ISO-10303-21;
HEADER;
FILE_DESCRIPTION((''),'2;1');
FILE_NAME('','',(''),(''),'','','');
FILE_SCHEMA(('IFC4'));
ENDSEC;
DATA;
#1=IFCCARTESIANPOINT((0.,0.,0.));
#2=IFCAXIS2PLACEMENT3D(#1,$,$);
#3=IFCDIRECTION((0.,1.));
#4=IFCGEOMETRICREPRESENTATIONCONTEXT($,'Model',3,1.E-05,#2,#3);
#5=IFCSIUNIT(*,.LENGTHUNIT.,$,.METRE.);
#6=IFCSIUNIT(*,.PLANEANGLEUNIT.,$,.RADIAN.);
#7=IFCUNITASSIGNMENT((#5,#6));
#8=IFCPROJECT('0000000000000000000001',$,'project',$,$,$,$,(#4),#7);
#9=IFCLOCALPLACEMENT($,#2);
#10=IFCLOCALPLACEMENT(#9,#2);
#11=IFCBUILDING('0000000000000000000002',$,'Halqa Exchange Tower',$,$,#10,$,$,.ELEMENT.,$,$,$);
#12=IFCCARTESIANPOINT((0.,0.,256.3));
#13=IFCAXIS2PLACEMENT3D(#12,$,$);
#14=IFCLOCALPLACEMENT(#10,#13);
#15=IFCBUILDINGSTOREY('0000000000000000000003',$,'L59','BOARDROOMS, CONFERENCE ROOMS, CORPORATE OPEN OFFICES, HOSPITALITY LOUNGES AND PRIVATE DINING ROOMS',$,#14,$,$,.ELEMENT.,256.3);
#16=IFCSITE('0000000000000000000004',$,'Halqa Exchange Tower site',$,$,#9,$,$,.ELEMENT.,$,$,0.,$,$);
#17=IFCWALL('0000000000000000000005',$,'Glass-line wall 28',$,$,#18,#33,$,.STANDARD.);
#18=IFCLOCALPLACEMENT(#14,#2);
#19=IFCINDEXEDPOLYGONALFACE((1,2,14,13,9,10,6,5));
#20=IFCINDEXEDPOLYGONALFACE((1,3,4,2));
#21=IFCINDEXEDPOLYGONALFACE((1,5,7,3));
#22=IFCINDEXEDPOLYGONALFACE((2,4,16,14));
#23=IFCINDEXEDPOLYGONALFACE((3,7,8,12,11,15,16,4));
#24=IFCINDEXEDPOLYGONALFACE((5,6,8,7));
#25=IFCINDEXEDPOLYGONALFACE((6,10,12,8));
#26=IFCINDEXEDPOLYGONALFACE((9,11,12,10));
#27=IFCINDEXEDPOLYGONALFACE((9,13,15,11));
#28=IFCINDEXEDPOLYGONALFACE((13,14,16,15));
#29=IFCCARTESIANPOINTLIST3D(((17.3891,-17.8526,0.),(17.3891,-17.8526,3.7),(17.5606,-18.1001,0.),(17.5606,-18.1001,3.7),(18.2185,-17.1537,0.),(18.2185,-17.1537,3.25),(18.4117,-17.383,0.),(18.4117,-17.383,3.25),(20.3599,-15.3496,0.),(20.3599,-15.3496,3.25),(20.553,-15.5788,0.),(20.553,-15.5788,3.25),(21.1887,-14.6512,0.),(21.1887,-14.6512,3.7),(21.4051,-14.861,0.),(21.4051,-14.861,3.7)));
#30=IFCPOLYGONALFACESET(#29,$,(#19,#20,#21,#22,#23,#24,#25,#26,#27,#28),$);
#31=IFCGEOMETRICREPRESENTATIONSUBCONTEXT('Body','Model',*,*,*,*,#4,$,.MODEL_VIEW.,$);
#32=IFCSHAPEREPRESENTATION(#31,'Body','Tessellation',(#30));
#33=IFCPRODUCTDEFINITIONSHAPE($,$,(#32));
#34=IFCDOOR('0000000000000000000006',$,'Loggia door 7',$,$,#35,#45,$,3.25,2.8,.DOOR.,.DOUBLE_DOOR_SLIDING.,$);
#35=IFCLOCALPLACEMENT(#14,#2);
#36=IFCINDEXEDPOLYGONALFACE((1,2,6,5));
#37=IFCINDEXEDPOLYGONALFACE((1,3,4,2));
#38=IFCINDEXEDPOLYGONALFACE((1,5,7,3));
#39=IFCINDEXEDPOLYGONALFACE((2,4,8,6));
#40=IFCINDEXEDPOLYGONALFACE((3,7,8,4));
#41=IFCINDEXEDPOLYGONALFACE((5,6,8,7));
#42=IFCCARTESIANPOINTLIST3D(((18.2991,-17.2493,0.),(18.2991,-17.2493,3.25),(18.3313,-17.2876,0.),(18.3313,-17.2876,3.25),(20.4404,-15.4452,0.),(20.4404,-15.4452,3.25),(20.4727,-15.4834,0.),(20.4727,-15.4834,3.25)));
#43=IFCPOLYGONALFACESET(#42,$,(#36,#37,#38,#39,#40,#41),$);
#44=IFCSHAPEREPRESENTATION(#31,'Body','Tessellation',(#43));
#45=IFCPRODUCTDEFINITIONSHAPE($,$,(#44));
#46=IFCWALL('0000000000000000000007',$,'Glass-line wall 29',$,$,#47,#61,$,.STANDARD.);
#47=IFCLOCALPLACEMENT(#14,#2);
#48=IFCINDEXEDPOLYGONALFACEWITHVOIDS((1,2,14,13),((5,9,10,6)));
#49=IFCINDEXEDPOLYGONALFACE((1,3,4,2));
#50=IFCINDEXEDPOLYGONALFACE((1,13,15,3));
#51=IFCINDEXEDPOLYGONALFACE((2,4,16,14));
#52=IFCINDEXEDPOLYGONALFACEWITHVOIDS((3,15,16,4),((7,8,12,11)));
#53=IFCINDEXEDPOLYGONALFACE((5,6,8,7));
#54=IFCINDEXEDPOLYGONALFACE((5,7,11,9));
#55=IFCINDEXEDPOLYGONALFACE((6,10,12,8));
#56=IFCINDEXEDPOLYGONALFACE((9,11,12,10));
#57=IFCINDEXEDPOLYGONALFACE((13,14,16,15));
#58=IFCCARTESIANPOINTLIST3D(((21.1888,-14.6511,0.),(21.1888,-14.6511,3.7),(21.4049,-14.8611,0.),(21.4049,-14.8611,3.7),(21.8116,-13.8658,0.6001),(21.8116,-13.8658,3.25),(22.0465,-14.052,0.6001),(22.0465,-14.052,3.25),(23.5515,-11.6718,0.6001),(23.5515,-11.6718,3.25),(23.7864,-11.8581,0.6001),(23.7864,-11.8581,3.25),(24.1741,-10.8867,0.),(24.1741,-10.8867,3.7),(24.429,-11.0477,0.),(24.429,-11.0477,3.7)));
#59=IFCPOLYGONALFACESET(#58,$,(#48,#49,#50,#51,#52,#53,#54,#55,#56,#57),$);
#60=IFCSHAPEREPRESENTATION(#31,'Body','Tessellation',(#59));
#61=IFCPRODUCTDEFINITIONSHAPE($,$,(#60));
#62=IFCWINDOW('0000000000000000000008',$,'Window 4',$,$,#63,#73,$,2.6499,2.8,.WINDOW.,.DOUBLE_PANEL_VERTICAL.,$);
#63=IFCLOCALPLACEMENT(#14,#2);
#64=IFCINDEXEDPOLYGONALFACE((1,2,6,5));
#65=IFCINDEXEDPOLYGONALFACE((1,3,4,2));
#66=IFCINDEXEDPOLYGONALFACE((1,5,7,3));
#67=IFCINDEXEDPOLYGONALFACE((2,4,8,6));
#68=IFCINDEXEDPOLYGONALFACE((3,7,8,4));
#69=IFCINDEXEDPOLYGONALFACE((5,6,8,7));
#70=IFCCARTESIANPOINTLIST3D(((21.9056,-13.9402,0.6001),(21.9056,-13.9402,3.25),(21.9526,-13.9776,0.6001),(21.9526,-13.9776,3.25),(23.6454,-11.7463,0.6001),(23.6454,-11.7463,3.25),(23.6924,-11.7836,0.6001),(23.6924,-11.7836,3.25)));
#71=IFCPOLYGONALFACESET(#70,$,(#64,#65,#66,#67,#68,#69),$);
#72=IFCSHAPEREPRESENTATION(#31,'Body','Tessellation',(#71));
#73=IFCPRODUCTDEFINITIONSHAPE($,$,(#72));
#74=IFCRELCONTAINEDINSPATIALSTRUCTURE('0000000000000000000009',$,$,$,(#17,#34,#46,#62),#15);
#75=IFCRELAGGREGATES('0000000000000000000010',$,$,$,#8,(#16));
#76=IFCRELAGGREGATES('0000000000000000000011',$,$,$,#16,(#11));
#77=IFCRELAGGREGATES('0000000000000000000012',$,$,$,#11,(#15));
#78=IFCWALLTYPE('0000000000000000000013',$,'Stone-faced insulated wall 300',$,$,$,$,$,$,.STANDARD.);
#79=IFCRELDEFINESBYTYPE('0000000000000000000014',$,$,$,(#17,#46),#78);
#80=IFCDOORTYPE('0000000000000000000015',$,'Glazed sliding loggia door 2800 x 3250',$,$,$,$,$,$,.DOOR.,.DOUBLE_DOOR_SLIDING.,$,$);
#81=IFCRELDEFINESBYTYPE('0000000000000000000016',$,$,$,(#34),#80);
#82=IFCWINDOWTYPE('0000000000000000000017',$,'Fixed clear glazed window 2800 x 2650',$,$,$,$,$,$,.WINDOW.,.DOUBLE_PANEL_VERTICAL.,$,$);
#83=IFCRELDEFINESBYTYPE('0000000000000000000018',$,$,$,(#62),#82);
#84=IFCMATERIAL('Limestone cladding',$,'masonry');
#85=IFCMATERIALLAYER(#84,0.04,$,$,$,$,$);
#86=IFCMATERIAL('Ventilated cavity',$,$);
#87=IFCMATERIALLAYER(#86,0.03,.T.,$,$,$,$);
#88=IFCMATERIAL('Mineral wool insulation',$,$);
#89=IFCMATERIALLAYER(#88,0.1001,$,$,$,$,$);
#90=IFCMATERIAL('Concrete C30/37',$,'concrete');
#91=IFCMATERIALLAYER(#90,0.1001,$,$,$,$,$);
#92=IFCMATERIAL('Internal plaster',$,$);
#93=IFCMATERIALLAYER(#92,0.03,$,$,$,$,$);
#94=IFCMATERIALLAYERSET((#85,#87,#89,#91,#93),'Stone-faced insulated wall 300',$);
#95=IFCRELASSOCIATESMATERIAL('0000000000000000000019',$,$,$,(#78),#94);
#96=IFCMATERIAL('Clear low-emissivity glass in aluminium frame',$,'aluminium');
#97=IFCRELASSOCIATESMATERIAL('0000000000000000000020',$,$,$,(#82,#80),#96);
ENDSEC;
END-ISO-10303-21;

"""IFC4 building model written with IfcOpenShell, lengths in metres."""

from ifc_helpers import new_model, si_unit, direction, frame, frame_2d, origin, place, context, subcontext, project, spatial, polyline, rectangle, outline, extrude, material, layer, layer_set, type_object, element, fill, save


model = new_model("IFC4")

# Units and contexts
model_context = context("Model", 3, precision=1e-05, world=origin(), true_north=direction((0.0, 1.0)))
body_context = subcontext(model_context, "Body", "Model", "MODEL_VIEW")
ifc_project = project(units=[si_unit("LENGTHUNIT", "METRE"), si_unit("PLANEANGLEUNIT", "RADIAN")], contexts=[model_context])

# Site, building, storey
site_placement = place(None, origin())
site = spatial("IfcSite", under=ifc_project, at=site_placement, Name="Halqa Exchange Tower site", CompositionType="ELEMENT", RefElevation=0.0)
building_placement = place(site_placement, origin())
building = spatial("IfcBuilding", under=site, at=building_placement, Name="Halqa Exchange Tower", CompositionType="ELEMENT")
storey_placement = place(building_placement, frame((0.0, 0.0, 256.3)))
storey = spatial("IfcBuildingStorey", under=building, at=storey_placement, Name="L59", Description="BOARDROOMS, CONFERENCE ROOMS, CORPORATE OPEN OFFICES, HOSPITALITY LOUNGES AND PRIVATE DINING ROOMS", CompositionType="ELEMENT", Elevation=256.3)

# Shared definitions
ifc_material_1 = material(Name="Limestone cladding", Category="masonry")
ifc_layer_1 = layer(ifc_material_1, 0.04)
ifc_material_2 = material(Name="Ventilated cavity")
ifc_layer_2 = layer(ifc_material_2, 0.03, ventilated=True)
ifc_material_3 = material(Name="Mineral wool insulation")
ifc_layer_3 = layer(ifc_material_3, 0.1001)
ifc_material_4 = material(Name="Concrete C30/37", Category="concrete")
ifc_layer_4 = layer(ifc_material_4, 0.1001)
ifc_material_5 = material(Name="Internal plaster")
ifc_layer_5 = layer(ifc_material_5, 0.03)
ifc_layer_set_1 = layer_set([ifc_layer_1, ifc_layer_2, ifc_layer_3, ifc_layer_4, ifc_layer_5], Name="Stone-faced insulated wall 300")
wall_type_1 = type_object("IfcWallType", Name="Stone-faced insulated wall 300", PredefinedType="STANDARD", material=ifc_layer_set_1)
ifc_material_6 = material(Name="Clear low-emissivity glass in aluminium frame", Category="aluminium")
window_type = type_object("IfcWindowType", Name="Fixed clear glazed window 2800 x 2650", PartitioningType="DOUBLE_PANEL_VERTICAL", PredefinedType="WINDOW", material=ifc_material_6)

# Wall, opening, door
wall_1_placement = place(storey_placement, frame((17.4749, -17.9763, 0.0), z_axis=(0.0, 0.0, 1.0), x_axis=(0.764746, 0.644331, 0.0)))
wall_1 = element("IfcWall", 1, at=wall_1_placement, inside=storey, type_object=wall_type_1, Name="Glass-line wall 28", PredefinedType="STANDARD", context=body_context, shape_type="SweptSolid", body=[
    extrude(outline(polyline([(-0.0142, -0.1499), (5.0129, -0.1499), (4.9827, 0.1499), (0.0142, 0.1499), (-0.0142, -0.1499)])), origin(), (0.0, 0.0, 1.0), 3.7),
])
opening_1_placement = place(wall_1_placement, frame((1.0989, 0.0, 0.0)))
opening_1 = element("IfcOpeningElement", 2, at=opening_1_placement, cuts=wall_1, PredefinedType="OPENING", context=body_context, shape_type="SweptSolid", body=[
    extrude(rectangle(XDim=2.8, YDim=3.25, at=frame_2d((1.3999, 1.625))), frame((0.0, 0.1621, 0.0), z_axis=(0.0, -1.0, 0.0), x_axis=(1.0, 0.0, 0.0)), (0.0, 0.0, 1.0), 0.324),
])
door_type_1 = type_object("IfcDoorType", Name="Glazed sliding loggia door 2800 x 3250", OperationType="DOUBLE_DOOR_SLIDING", PredefinedType="DOOR", material=ifc_material_6)
door_1_placement = place(opening_1_placement, origin())
door_1 = element("IfcDoor", 3, at=door_1_placement, inside=storey, type_object=door_type_1, Name="Loggia door 7", OperationType="DOUBLE_DOOR_SLIDING", OverallHeight=3.25, OverallWidth=2.8, PredefinedType="DOOR", context=body_context, shape_type="SweptSolid", body=[
    extrude(rectangle(XDim=2.8, YDim=3.25, at=frame_2d((1.3999, 1.625))), frame((0.0, 0.0249, 0.0), z_axis=(0.0, -1.0, 0.0), x_axis=(1.0, 0.0, 0.0)), (0.0, 0.0, 1.0), 0.05),
])
fill(opening_1, door_1)

# Wall, opening, window
wall_2_placement = place(storey_placement, frame((21.2969, -14.7561, 0.0), z_axis=(0.0, 0.0, 1.0), x_axis=(0.621358, 0.783526, 0.0)))
wall_2 = element("IfcWall", 4, at=wall_2_placement, inside=storey, type_object=wall_type_1, Name="Glass-line wall 29", PredefinedType="STANDARD", context=body_context, shape_type="SweptSolid", body=[
    extrude(outline(polyline([(-0.0151, -0.1499), (4.8518, -0.1499), (4.8196, 0.1499), (0.0151, 0.1499), (-0.0151, -0.1499)])), origin(), (0.0, 0.0, 1.0), 3.7),
])
opening_2_placement = place(wall_2_placement, frame((1.0176, 0.0, 0.6001)))
opening_2 = element("IfcOpeningElement", 5, at=opening_2_placement, cuts=wall_2, PredefinedType="OPENING", context=body_context, shape_type="SweptSolid", body=[
    extrude(rectangle(XDim=2.8, YDim=2.6499, at=frame_2d((1.3999, 1.325))), frame((0.0, 0.1621, 0.0), z_axis=(0.0, -1.0, 0.0), x_axis=(1.0, 0.0, 0.0)), (0.0, 0.0, 1.0), 0.324),
])
window_1_placement = place(opening_2_placement, origin())
window_1 = element("IfcWindow", 6, at=window_1_placement, inside=storey, type_object=window_type, Name="Window 4", OverallHeight=2.6499, OverallWidth=2.8, PartitioningType="DOUBLE_PANEL_VERTICAL", PredefinedType="WINDOW", context=body_context, shape_type="SweptSolid", body=[
    extrude(rectangle(XDim=2.8, YDim=2.6499, at=frame_2d((1.3999, 1.325))), frame((0.0, 0.03, 0.0), z_axis=(0.0, -1.0, 0.0), x_axis=(1.0, 0.0, 0.0)), (0.0, 0.0, 1.0), 0.0601),
])
fill(opening_2, window_1)

save(model, "model.ifc")
